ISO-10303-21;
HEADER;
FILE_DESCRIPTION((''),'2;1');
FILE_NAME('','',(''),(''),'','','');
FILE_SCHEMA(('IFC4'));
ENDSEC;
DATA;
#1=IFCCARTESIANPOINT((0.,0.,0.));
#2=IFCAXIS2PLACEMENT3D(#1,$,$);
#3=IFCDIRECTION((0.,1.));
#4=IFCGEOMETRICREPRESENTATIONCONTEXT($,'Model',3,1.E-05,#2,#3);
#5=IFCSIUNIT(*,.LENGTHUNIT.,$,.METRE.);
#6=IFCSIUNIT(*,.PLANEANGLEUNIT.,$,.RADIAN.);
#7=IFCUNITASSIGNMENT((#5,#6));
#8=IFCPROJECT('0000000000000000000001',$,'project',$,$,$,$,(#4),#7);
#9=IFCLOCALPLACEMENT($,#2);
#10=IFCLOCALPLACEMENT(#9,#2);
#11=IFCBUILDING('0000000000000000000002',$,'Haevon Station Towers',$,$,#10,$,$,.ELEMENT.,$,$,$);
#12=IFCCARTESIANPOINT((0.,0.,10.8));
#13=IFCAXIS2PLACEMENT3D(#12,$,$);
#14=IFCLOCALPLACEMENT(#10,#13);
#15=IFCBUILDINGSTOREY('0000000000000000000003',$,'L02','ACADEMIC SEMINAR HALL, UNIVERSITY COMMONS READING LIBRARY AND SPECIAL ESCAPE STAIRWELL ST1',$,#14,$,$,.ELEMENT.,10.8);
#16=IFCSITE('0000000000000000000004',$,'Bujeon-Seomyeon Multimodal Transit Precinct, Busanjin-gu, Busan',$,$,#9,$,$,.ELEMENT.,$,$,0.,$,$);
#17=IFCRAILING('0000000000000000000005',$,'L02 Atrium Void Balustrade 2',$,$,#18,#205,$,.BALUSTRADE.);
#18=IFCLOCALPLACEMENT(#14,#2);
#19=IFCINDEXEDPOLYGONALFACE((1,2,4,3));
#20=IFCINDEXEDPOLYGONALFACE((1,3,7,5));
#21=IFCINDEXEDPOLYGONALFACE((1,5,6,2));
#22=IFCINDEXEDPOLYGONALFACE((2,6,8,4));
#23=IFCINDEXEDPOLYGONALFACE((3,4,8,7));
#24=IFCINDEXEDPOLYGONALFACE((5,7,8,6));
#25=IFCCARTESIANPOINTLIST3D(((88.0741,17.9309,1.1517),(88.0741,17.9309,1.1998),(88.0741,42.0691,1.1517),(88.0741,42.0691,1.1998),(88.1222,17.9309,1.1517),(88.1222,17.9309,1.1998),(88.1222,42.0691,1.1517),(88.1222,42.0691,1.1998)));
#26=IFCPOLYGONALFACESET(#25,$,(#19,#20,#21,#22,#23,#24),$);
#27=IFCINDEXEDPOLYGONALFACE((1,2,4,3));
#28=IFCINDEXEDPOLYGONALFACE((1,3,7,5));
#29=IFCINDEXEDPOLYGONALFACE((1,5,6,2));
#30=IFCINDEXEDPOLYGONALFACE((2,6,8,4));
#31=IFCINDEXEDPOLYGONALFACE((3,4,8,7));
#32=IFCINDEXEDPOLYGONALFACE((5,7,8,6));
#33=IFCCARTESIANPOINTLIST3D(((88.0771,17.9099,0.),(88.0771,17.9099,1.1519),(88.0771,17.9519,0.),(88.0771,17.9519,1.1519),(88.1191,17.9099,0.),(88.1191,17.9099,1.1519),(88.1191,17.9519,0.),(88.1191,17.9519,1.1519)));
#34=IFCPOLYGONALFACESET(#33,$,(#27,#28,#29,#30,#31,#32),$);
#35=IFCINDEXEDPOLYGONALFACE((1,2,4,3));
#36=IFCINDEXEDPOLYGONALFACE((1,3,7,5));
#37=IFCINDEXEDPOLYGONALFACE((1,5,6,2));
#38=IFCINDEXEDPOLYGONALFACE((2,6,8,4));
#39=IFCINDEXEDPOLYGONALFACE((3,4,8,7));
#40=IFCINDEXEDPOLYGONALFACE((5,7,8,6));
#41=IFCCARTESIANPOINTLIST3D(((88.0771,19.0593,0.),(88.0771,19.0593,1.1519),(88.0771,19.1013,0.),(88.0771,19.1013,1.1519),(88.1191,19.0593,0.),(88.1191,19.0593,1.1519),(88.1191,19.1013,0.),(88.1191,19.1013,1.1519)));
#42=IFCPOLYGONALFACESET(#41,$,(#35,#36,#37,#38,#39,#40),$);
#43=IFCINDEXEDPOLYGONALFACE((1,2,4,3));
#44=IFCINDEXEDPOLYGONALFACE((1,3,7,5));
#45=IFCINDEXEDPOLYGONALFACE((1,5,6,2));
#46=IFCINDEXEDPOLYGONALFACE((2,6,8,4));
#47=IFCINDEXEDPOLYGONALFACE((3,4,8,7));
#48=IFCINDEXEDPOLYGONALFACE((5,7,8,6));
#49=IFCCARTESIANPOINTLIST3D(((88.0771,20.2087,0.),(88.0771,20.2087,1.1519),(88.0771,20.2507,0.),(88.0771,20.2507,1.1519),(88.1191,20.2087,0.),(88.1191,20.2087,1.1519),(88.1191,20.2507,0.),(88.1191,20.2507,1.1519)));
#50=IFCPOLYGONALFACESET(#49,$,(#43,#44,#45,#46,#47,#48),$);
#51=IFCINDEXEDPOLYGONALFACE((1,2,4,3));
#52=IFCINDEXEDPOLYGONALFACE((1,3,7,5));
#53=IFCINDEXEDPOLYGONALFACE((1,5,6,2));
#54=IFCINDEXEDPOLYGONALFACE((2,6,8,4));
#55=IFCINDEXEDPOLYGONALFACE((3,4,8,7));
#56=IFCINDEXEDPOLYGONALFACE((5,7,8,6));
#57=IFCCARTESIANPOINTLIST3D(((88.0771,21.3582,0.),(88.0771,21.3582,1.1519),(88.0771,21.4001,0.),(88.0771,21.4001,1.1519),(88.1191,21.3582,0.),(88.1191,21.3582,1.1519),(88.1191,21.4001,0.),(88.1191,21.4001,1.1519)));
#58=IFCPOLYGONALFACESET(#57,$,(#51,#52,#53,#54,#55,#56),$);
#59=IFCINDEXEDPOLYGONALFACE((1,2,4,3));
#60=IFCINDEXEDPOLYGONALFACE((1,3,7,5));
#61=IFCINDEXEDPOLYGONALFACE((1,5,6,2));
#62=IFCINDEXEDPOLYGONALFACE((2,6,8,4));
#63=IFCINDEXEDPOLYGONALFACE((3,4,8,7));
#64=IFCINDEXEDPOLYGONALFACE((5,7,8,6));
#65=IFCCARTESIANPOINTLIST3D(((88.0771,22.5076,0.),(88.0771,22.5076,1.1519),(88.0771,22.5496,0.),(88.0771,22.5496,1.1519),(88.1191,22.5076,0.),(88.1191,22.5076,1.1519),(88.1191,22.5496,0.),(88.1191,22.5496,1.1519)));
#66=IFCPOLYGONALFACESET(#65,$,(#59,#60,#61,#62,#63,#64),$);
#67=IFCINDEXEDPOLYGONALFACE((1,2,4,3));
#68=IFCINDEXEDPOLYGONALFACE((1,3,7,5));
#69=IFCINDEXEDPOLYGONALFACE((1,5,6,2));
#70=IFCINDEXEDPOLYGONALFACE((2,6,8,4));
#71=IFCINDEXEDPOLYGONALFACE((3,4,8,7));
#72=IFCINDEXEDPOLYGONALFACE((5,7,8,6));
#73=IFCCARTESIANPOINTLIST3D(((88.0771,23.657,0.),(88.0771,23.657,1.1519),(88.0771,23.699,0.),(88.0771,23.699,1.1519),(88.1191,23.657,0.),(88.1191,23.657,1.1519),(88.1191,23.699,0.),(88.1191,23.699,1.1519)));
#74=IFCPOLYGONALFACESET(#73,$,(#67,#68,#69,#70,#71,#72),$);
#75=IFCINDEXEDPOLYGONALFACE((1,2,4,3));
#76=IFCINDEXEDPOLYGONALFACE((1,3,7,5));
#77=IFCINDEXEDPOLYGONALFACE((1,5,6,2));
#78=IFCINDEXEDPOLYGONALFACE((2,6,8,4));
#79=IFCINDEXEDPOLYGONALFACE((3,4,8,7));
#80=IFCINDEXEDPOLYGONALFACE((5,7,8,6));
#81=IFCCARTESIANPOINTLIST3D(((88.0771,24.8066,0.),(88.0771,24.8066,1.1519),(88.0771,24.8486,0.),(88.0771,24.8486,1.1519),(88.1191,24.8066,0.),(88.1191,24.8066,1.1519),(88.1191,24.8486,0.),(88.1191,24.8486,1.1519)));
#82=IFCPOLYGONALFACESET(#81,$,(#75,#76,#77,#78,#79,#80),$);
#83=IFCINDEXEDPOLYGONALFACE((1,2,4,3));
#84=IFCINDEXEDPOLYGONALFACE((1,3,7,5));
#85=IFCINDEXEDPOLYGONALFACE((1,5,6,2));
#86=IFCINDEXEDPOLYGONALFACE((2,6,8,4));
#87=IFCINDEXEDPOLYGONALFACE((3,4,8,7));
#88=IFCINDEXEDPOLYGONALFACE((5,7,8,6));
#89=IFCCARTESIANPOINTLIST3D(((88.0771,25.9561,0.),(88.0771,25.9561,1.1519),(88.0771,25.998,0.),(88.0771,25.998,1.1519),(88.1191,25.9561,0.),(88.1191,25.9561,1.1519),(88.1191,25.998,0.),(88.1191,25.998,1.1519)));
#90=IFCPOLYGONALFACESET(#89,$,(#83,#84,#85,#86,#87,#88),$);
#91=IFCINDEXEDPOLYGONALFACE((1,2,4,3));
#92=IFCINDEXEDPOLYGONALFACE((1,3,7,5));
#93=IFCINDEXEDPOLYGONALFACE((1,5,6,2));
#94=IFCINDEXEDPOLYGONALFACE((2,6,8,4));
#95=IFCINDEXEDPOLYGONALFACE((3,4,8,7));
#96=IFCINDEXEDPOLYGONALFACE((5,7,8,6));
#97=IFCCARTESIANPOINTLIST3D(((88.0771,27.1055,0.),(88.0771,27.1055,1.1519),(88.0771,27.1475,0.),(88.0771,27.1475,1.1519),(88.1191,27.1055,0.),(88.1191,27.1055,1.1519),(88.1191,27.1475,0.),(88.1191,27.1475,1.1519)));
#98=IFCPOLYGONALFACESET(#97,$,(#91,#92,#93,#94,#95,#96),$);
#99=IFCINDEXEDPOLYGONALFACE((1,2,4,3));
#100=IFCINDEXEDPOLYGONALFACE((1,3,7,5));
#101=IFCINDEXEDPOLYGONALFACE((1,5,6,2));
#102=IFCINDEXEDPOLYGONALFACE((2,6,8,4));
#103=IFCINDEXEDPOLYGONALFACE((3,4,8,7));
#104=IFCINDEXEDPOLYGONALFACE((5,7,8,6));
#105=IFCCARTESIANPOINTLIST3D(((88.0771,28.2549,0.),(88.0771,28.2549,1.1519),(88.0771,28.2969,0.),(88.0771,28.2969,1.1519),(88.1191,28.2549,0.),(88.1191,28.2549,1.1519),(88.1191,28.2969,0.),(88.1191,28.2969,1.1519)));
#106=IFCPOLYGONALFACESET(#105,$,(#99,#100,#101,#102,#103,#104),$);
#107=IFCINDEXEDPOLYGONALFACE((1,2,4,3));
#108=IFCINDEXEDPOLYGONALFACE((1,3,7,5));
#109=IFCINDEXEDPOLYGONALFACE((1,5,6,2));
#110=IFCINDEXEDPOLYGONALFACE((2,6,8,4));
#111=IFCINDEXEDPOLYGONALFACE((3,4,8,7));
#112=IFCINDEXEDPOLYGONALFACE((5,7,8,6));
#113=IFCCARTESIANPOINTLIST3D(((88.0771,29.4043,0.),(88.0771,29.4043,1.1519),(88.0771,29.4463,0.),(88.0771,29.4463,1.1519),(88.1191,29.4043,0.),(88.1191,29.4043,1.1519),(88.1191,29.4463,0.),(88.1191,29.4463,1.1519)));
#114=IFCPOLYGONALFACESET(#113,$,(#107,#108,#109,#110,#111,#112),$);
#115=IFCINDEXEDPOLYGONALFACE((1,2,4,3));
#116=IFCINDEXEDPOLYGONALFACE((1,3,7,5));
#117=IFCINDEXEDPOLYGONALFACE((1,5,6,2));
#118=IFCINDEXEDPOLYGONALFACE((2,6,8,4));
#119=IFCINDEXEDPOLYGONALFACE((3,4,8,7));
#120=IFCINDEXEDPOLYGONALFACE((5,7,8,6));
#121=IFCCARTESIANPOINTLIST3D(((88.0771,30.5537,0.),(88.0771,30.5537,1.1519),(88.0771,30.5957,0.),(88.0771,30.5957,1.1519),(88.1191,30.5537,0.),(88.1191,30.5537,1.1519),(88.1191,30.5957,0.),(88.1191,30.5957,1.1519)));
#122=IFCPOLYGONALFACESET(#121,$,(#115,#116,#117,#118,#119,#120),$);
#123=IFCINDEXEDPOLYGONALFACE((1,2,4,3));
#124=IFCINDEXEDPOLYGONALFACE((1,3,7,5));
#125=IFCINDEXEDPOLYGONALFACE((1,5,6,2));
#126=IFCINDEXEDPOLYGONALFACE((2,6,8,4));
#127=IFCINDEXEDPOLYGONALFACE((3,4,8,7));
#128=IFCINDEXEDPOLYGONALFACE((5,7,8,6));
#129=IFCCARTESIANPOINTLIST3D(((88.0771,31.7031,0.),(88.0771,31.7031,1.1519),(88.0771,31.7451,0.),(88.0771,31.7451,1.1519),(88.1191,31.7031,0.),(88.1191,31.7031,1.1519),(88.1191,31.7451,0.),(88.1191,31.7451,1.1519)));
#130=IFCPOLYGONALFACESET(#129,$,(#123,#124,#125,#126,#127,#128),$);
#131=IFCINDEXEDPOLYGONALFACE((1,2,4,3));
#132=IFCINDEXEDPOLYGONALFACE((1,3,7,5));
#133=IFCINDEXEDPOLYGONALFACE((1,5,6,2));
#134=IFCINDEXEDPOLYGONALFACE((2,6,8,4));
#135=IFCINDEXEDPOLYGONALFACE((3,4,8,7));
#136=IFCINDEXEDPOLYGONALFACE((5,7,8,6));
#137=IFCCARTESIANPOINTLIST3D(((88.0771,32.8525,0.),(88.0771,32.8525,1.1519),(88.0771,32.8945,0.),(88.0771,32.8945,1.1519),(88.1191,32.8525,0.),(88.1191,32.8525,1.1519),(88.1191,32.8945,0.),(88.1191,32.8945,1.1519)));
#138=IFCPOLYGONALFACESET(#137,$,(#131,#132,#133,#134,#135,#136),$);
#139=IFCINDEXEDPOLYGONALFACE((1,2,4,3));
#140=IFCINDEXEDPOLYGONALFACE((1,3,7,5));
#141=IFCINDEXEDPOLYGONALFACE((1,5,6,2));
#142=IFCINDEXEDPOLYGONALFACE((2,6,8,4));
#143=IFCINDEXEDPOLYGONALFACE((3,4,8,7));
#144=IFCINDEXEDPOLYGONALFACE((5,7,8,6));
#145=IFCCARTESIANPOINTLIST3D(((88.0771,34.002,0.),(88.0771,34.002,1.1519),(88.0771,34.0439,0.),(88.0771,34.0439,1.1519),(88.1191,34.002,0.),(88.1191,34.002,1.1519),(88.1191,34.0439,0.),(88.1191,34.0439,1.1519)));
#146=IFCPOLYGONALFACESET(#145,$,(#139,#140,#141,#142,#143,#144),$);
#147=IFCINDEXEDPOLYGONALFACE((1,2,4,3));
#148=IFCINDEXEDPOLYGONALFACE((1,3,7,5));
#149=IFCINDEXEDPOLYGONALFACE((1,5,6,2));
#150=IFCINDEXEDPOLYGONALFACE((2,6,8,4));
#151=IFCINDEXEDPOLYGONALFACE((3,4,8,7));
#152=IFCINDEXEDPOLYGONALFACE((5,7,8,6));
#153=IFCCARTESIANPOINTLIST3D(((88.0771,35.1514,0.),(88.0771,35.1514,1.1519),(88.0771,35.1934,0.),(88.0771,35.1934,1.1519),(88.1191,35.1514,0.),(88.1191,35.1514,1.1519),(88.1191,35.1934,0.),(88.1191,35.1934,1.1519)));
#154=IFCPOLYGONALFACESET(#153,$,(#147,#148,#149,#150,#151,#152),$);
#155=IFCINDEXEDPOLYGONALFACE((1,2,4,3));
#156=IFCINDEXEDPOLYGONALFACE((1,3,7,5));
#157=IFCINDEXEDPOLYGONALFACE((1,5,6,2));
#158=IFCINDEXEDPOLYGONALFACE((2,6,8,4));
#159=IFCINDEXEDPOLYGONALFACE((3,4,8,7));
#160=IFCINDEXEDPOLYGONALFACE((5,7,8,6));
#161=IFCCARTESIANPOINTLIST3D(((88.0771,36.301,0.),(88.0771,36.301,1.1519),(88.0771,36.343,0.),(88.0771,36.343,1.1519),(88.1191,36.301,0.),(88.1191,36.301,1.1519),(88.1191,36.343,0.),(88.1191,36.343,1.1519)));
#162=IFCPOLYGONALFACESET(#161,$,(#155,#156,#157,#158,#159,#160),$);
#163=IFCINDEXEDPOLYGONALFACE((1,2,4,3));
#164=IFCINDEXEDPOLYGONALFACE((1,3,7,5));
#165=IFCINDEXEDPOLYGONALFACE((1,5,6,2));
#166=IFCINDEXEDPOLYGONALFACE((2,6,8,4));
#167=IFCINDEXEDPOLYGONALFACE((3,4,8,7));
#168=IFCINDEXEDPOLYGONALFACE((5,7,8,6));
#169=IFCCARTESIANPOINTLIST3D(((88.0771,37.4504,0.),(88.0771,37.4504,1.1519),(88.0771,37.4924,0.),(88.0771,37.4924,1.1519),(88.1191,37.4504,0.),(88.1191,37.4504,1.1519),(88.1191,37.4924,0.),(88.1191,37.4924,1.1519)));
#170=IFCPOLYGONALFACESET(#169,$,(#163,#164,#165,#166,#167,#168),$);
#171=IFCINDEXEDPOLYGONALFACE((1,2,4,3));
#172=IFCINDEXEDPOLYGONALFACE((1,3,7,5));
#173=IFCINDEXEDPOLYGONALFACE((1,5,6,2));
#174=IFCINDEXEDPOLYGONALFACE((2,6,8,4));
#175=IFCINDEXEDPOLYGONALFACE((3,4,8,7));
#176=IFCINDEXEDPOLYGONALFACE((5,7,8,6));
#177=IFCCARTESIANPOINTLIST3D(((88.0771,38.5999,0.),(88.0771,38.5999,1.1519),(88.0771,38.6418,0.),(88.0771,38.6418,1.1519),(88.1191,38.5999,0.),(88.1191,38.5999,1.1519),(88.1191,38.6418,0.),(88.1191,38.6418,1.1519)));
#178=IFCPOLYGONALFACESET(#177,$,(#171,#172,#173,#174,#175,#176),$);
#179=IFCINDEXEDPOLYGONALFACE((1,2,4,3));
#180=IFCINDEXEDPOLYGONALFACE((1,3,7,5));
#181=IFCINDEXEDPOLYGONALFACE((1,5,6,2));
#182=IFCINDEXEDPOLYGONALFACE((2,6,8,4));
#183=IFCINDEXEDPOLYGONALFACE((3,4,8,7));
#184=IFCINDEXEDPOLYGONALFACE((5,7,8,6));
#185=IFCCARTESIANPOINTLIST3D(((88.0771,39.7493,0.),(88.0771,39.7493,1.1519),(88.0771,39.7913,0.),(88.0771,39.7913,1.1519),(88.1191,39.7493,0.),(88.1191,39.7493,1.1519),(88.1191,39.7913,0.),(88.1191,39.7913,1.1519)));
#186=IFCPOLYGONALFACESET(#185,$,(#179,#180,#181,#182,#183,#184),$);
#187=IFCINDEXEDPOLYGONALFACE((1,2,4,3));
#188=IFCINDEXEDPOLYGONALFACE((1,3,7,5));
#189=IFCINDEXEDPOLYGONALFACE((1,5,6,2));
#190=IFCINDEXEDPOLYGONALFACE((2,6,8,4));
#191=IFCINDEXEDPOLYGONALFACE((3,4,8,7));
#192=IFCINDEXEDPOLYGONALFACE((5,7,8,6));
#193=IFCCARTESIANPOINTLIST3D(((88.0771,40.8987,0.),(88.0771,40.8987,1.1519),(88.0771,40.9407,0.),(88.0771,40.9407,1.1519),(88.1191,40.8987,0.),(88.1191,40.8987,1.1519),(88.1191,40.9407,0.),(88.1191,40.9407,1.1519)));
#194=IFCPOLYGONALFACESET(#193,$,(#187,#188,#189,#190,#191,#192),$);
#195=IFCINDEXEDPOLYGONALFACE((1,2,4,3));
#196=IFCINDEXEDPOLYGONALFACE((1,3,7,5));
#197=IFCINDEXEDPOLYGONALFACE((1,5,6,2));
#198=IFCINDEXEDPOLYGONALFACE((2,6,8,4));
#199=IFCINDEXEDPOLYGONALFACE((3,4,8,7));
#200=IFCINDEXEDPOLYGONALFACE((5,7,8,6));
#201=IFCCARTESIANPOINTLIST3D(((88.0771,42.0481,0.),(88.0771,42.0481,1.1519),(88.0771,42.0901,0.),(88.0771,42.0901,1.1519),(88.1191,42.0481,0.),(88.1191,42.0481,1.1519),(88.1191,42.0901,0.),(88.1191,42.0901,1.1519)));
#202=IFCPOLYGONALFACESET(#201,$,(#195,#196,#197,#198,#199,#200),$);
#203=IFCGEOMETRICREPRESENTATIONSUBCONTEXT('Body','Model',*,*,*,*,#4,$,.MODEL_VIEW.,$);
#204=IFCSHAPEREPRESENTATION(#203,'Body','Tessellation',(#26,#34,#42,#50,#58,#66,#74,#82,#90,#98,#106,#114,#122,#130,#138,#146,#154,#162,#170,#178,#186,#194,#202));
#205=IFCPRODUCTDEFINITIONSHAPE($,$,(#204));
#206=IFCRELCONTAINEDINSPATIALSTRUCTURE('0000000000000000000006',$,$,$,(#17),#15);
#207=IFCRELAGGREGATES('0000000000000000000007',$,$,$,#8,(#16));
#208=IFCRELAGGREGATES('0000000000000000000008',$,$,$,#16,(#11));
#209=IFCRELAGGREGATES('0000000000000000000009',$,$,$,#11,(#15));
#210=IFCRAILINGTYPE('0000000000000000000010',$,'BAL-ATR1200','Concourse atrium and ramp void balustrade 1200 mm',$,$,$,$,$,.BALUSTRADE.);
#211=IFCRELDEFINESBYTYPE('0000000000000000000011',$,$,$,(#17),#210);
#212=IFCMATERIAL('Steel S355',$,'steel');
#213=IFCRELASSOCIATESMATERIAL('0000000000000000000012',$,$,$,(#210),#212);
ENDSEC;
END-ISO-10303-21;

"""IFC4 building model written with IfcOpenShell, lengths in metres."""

from ifc_helpers import new_model, si_unit, direction, frame, origin, origin_2d, place, context, subcontext, project, spatial, rectangle, extrude, material, type_object, element, save


model = new_model("IFC4")

# Units and contexts
model_context = context("Model", 3, precision=1e-05, world=origin(), true_north=direction((0.0, 1.0)))
body_context = subcontext(model_context, "Body", "Model", "MODEL_VIEW")
ifc_project = project(units=[si_unit("LENGTHUNIT", "METRE"), si_unit("PLANEANGLEUNIT", "RADIAN")], contexts=[model_context])

# Site, building, storey
site_placement = place(None, origin())
site = spatial("IfcSite", under=ifc_project, at=site_placement, Name="Bujeon-Seomyeon Multimodal Transit Precinct, Busanjin-gu, Busan", CompositionType="ELEMENT", RefElevation=0.0)
building_placement = place(site_placement, origin())
building = spatial("IfcBuilding", under=site, at=building_placement, Name="Haevon Station Towers", CompositionType="ELEMENT")
storey_placement = place(building_placement, frame((0.0, 0.0, 10.8)))
storey = spatial("IfcBuildingStorey", under=building, at=storey_placement, Name="L02", Description="ACADEMIC SEMINAR HALL, UNIVERSITY COMMONS READING LIBRARY AND SPECIAL ESCAPE STAIRWELL ST1", CompositionType="ELEMENT", Elevation=10.8)

# Shared definitions
ifc_material_1 = material(Name="Steel S355", Category="steel")

# Railing
railing_type = type_object("IfcRailingType", Name="BAL-ATR1200", Description="Concourse atrium and ramp void balustrade 1200 mm", PredefinedType="BALUSTRADE", material=ifc_material_1)
railing_placement = place(storey_placement, frame((88.0981, 17.9309, 0.0)))
element("IfcRailing", 1, at=railing_placement, inside=storey, type_object=railing_type, Name="L02 Atrium Void Balustrade 2", PredefinedType="BALUSTRADE", context=body_context, shape_type="SweptSolid", body=[
    extrude(rectangle(XDim=0.0481, YDim=0.0481, at=origin_2d()), frame((0.0, 0.0, 1.1758), z_axis=(0.0, 1.0, 0.0), x_axis=(-1.0, 0.0, 0.0)), (0.0, 0.0, 1.0), 24.1382),
    extrude(rectangle(XDim=0.042, YDim=0.042, at=origin_2d()), origin(), (0.0, 0.0, 1.0), 1.1519),
    extrude(rectangle(XDim=0.042, YDim=0.042, at=origin_2d()), frame((0.0, 1.1494, 0.0)), (0.0, 0.0, 1.0), 1.1519),
    extrude(rectangle(XDim=0.042, YDim=0.042, at=origin_2d()), frame((0.0, 2.2988, 0.0)), (0.0, 0.0, 1.0), 1.1519),
    extrude(rectangle(XDim=0.042, YDim=0.042, at=origin_2d()), frame((0.0, 3.4482, 0.0)), (0.0, 0.0, 1.0), 1.1519),
    extrude(rectangle(XDim=0.042, YDim=0.042, at=origin_2d()), frame((0.0, 4.5977, 0.0)), (0.0, 0.0, 1.0), 1.1519),
    extrude(rectangle(XDim=0.042, YDim=0.042, at=origin_2d()), frame((0.0, 5.7471, 0.0)), (0.0, 0.0, 1.0), 1.1519),
    extrude(rectangle(XDim=0.042, YDim=0.042, at=origin_2d()), frame((0.0, 6.8967, 0.0)), (0.0, 0.0, 1.0), 1.1519),
    extrude(rectangle(XDim=0.042, YDim=0.042, at=origin_2d()), frame((0.0, 8.0461, 0.0)), (0.0, 0.0, 1.0), 1.1519),
    extrude(rectangle(XDim=0.042, YDim=0.042, at=origin_2d()), frame((0.0, 9.1956, 0.0)), (0.0, 0.0, 1.0), 1.1519),
    extrude(rectangle(XDim=0.042, YDim=0.042, at=origin_2d()), frame((0.0, 10.345, 0.0)), (0.0, 0.0, 1.0), 1.1519),
    extrude(rectangle(XDim=0.042, YDim=0.042, at=origin_2d()), frame((0.0, 11.4944, 0.0)), (0.0, 0.0, 1.0), 1.1519),
    extrude(rectangle(XDim=0.042, YDim=0.042, at=origin_2d()), frame((0.0, 12.6438, 0.0)), (0.0, 0.0, 1.0), 1.1519),
    extrude(rectangle(XDim=0.042, YDim=0.042, at=origin_2d()), frame((0.0, 13.7932, 0.0)), (0.0, 0.0, 1.0), 1.1519),
    extrude(rectangle(XDim=0.042, YDim=0.042, at=origin_2d()), frame((0.0, 14.9426, 0.0)), (0.0, 0.0, 1.0), 1.1519),
    extrude(rectangle(XDim=0.042, YDim=0.042, at=origin_2d()), frame((0.0, 16.092, 0.0)), (0.0, 0.0, 1.0), 1.1519),
    extrude(rectangle(XDim=0.042, YDim=0.042, at=origin_2d()), frame((0.0, 17.2415, 0.0)), (0.0, 0.0, 1.0), 1.1519),
    extrude(rectangle(XDim=0.042, YDim=0.042, at=origin_2d()), frame((0.0, 18.3911, 0.0)), (0.0, 0.0, 1.0), 1.1519),
    extrude(rectangle(XDim=0.042, YDim=0.042, at=origin_2d()), frame((0.0, 19.5405, 0.0)), (0.0, 0.0, 1.0), 1.1519),
    extrude(rectangle(XDim=0.042, YDim=0.042, at=origin_2d()), frame((0.0, 20.6899, 0.0)), (0.0, 0.0, 1.0), 1.1519),
    extrude(rectangle(XDim=0.042, YDim=0.042, at=origin_2d()), frame((0.0, 21.8394, 0.0)), (0.0, 0.0, 1.0), 1.1519),
    extrude(rectangle(XDim=0.042, YDim=0.042, at=origin_2d()), frame((0.0, 22.9888, 0.0)), (0.0, 0.0, 1.0), 1.1519),
    extrude(rectangle(XDim=0.042, YDim=0.042, at=origin_2d()), frame((0.0, 24.1382, 0.0)), (0.0, 0.0, 1.0), 1.1519),
])

save(model, "model.ifc")
